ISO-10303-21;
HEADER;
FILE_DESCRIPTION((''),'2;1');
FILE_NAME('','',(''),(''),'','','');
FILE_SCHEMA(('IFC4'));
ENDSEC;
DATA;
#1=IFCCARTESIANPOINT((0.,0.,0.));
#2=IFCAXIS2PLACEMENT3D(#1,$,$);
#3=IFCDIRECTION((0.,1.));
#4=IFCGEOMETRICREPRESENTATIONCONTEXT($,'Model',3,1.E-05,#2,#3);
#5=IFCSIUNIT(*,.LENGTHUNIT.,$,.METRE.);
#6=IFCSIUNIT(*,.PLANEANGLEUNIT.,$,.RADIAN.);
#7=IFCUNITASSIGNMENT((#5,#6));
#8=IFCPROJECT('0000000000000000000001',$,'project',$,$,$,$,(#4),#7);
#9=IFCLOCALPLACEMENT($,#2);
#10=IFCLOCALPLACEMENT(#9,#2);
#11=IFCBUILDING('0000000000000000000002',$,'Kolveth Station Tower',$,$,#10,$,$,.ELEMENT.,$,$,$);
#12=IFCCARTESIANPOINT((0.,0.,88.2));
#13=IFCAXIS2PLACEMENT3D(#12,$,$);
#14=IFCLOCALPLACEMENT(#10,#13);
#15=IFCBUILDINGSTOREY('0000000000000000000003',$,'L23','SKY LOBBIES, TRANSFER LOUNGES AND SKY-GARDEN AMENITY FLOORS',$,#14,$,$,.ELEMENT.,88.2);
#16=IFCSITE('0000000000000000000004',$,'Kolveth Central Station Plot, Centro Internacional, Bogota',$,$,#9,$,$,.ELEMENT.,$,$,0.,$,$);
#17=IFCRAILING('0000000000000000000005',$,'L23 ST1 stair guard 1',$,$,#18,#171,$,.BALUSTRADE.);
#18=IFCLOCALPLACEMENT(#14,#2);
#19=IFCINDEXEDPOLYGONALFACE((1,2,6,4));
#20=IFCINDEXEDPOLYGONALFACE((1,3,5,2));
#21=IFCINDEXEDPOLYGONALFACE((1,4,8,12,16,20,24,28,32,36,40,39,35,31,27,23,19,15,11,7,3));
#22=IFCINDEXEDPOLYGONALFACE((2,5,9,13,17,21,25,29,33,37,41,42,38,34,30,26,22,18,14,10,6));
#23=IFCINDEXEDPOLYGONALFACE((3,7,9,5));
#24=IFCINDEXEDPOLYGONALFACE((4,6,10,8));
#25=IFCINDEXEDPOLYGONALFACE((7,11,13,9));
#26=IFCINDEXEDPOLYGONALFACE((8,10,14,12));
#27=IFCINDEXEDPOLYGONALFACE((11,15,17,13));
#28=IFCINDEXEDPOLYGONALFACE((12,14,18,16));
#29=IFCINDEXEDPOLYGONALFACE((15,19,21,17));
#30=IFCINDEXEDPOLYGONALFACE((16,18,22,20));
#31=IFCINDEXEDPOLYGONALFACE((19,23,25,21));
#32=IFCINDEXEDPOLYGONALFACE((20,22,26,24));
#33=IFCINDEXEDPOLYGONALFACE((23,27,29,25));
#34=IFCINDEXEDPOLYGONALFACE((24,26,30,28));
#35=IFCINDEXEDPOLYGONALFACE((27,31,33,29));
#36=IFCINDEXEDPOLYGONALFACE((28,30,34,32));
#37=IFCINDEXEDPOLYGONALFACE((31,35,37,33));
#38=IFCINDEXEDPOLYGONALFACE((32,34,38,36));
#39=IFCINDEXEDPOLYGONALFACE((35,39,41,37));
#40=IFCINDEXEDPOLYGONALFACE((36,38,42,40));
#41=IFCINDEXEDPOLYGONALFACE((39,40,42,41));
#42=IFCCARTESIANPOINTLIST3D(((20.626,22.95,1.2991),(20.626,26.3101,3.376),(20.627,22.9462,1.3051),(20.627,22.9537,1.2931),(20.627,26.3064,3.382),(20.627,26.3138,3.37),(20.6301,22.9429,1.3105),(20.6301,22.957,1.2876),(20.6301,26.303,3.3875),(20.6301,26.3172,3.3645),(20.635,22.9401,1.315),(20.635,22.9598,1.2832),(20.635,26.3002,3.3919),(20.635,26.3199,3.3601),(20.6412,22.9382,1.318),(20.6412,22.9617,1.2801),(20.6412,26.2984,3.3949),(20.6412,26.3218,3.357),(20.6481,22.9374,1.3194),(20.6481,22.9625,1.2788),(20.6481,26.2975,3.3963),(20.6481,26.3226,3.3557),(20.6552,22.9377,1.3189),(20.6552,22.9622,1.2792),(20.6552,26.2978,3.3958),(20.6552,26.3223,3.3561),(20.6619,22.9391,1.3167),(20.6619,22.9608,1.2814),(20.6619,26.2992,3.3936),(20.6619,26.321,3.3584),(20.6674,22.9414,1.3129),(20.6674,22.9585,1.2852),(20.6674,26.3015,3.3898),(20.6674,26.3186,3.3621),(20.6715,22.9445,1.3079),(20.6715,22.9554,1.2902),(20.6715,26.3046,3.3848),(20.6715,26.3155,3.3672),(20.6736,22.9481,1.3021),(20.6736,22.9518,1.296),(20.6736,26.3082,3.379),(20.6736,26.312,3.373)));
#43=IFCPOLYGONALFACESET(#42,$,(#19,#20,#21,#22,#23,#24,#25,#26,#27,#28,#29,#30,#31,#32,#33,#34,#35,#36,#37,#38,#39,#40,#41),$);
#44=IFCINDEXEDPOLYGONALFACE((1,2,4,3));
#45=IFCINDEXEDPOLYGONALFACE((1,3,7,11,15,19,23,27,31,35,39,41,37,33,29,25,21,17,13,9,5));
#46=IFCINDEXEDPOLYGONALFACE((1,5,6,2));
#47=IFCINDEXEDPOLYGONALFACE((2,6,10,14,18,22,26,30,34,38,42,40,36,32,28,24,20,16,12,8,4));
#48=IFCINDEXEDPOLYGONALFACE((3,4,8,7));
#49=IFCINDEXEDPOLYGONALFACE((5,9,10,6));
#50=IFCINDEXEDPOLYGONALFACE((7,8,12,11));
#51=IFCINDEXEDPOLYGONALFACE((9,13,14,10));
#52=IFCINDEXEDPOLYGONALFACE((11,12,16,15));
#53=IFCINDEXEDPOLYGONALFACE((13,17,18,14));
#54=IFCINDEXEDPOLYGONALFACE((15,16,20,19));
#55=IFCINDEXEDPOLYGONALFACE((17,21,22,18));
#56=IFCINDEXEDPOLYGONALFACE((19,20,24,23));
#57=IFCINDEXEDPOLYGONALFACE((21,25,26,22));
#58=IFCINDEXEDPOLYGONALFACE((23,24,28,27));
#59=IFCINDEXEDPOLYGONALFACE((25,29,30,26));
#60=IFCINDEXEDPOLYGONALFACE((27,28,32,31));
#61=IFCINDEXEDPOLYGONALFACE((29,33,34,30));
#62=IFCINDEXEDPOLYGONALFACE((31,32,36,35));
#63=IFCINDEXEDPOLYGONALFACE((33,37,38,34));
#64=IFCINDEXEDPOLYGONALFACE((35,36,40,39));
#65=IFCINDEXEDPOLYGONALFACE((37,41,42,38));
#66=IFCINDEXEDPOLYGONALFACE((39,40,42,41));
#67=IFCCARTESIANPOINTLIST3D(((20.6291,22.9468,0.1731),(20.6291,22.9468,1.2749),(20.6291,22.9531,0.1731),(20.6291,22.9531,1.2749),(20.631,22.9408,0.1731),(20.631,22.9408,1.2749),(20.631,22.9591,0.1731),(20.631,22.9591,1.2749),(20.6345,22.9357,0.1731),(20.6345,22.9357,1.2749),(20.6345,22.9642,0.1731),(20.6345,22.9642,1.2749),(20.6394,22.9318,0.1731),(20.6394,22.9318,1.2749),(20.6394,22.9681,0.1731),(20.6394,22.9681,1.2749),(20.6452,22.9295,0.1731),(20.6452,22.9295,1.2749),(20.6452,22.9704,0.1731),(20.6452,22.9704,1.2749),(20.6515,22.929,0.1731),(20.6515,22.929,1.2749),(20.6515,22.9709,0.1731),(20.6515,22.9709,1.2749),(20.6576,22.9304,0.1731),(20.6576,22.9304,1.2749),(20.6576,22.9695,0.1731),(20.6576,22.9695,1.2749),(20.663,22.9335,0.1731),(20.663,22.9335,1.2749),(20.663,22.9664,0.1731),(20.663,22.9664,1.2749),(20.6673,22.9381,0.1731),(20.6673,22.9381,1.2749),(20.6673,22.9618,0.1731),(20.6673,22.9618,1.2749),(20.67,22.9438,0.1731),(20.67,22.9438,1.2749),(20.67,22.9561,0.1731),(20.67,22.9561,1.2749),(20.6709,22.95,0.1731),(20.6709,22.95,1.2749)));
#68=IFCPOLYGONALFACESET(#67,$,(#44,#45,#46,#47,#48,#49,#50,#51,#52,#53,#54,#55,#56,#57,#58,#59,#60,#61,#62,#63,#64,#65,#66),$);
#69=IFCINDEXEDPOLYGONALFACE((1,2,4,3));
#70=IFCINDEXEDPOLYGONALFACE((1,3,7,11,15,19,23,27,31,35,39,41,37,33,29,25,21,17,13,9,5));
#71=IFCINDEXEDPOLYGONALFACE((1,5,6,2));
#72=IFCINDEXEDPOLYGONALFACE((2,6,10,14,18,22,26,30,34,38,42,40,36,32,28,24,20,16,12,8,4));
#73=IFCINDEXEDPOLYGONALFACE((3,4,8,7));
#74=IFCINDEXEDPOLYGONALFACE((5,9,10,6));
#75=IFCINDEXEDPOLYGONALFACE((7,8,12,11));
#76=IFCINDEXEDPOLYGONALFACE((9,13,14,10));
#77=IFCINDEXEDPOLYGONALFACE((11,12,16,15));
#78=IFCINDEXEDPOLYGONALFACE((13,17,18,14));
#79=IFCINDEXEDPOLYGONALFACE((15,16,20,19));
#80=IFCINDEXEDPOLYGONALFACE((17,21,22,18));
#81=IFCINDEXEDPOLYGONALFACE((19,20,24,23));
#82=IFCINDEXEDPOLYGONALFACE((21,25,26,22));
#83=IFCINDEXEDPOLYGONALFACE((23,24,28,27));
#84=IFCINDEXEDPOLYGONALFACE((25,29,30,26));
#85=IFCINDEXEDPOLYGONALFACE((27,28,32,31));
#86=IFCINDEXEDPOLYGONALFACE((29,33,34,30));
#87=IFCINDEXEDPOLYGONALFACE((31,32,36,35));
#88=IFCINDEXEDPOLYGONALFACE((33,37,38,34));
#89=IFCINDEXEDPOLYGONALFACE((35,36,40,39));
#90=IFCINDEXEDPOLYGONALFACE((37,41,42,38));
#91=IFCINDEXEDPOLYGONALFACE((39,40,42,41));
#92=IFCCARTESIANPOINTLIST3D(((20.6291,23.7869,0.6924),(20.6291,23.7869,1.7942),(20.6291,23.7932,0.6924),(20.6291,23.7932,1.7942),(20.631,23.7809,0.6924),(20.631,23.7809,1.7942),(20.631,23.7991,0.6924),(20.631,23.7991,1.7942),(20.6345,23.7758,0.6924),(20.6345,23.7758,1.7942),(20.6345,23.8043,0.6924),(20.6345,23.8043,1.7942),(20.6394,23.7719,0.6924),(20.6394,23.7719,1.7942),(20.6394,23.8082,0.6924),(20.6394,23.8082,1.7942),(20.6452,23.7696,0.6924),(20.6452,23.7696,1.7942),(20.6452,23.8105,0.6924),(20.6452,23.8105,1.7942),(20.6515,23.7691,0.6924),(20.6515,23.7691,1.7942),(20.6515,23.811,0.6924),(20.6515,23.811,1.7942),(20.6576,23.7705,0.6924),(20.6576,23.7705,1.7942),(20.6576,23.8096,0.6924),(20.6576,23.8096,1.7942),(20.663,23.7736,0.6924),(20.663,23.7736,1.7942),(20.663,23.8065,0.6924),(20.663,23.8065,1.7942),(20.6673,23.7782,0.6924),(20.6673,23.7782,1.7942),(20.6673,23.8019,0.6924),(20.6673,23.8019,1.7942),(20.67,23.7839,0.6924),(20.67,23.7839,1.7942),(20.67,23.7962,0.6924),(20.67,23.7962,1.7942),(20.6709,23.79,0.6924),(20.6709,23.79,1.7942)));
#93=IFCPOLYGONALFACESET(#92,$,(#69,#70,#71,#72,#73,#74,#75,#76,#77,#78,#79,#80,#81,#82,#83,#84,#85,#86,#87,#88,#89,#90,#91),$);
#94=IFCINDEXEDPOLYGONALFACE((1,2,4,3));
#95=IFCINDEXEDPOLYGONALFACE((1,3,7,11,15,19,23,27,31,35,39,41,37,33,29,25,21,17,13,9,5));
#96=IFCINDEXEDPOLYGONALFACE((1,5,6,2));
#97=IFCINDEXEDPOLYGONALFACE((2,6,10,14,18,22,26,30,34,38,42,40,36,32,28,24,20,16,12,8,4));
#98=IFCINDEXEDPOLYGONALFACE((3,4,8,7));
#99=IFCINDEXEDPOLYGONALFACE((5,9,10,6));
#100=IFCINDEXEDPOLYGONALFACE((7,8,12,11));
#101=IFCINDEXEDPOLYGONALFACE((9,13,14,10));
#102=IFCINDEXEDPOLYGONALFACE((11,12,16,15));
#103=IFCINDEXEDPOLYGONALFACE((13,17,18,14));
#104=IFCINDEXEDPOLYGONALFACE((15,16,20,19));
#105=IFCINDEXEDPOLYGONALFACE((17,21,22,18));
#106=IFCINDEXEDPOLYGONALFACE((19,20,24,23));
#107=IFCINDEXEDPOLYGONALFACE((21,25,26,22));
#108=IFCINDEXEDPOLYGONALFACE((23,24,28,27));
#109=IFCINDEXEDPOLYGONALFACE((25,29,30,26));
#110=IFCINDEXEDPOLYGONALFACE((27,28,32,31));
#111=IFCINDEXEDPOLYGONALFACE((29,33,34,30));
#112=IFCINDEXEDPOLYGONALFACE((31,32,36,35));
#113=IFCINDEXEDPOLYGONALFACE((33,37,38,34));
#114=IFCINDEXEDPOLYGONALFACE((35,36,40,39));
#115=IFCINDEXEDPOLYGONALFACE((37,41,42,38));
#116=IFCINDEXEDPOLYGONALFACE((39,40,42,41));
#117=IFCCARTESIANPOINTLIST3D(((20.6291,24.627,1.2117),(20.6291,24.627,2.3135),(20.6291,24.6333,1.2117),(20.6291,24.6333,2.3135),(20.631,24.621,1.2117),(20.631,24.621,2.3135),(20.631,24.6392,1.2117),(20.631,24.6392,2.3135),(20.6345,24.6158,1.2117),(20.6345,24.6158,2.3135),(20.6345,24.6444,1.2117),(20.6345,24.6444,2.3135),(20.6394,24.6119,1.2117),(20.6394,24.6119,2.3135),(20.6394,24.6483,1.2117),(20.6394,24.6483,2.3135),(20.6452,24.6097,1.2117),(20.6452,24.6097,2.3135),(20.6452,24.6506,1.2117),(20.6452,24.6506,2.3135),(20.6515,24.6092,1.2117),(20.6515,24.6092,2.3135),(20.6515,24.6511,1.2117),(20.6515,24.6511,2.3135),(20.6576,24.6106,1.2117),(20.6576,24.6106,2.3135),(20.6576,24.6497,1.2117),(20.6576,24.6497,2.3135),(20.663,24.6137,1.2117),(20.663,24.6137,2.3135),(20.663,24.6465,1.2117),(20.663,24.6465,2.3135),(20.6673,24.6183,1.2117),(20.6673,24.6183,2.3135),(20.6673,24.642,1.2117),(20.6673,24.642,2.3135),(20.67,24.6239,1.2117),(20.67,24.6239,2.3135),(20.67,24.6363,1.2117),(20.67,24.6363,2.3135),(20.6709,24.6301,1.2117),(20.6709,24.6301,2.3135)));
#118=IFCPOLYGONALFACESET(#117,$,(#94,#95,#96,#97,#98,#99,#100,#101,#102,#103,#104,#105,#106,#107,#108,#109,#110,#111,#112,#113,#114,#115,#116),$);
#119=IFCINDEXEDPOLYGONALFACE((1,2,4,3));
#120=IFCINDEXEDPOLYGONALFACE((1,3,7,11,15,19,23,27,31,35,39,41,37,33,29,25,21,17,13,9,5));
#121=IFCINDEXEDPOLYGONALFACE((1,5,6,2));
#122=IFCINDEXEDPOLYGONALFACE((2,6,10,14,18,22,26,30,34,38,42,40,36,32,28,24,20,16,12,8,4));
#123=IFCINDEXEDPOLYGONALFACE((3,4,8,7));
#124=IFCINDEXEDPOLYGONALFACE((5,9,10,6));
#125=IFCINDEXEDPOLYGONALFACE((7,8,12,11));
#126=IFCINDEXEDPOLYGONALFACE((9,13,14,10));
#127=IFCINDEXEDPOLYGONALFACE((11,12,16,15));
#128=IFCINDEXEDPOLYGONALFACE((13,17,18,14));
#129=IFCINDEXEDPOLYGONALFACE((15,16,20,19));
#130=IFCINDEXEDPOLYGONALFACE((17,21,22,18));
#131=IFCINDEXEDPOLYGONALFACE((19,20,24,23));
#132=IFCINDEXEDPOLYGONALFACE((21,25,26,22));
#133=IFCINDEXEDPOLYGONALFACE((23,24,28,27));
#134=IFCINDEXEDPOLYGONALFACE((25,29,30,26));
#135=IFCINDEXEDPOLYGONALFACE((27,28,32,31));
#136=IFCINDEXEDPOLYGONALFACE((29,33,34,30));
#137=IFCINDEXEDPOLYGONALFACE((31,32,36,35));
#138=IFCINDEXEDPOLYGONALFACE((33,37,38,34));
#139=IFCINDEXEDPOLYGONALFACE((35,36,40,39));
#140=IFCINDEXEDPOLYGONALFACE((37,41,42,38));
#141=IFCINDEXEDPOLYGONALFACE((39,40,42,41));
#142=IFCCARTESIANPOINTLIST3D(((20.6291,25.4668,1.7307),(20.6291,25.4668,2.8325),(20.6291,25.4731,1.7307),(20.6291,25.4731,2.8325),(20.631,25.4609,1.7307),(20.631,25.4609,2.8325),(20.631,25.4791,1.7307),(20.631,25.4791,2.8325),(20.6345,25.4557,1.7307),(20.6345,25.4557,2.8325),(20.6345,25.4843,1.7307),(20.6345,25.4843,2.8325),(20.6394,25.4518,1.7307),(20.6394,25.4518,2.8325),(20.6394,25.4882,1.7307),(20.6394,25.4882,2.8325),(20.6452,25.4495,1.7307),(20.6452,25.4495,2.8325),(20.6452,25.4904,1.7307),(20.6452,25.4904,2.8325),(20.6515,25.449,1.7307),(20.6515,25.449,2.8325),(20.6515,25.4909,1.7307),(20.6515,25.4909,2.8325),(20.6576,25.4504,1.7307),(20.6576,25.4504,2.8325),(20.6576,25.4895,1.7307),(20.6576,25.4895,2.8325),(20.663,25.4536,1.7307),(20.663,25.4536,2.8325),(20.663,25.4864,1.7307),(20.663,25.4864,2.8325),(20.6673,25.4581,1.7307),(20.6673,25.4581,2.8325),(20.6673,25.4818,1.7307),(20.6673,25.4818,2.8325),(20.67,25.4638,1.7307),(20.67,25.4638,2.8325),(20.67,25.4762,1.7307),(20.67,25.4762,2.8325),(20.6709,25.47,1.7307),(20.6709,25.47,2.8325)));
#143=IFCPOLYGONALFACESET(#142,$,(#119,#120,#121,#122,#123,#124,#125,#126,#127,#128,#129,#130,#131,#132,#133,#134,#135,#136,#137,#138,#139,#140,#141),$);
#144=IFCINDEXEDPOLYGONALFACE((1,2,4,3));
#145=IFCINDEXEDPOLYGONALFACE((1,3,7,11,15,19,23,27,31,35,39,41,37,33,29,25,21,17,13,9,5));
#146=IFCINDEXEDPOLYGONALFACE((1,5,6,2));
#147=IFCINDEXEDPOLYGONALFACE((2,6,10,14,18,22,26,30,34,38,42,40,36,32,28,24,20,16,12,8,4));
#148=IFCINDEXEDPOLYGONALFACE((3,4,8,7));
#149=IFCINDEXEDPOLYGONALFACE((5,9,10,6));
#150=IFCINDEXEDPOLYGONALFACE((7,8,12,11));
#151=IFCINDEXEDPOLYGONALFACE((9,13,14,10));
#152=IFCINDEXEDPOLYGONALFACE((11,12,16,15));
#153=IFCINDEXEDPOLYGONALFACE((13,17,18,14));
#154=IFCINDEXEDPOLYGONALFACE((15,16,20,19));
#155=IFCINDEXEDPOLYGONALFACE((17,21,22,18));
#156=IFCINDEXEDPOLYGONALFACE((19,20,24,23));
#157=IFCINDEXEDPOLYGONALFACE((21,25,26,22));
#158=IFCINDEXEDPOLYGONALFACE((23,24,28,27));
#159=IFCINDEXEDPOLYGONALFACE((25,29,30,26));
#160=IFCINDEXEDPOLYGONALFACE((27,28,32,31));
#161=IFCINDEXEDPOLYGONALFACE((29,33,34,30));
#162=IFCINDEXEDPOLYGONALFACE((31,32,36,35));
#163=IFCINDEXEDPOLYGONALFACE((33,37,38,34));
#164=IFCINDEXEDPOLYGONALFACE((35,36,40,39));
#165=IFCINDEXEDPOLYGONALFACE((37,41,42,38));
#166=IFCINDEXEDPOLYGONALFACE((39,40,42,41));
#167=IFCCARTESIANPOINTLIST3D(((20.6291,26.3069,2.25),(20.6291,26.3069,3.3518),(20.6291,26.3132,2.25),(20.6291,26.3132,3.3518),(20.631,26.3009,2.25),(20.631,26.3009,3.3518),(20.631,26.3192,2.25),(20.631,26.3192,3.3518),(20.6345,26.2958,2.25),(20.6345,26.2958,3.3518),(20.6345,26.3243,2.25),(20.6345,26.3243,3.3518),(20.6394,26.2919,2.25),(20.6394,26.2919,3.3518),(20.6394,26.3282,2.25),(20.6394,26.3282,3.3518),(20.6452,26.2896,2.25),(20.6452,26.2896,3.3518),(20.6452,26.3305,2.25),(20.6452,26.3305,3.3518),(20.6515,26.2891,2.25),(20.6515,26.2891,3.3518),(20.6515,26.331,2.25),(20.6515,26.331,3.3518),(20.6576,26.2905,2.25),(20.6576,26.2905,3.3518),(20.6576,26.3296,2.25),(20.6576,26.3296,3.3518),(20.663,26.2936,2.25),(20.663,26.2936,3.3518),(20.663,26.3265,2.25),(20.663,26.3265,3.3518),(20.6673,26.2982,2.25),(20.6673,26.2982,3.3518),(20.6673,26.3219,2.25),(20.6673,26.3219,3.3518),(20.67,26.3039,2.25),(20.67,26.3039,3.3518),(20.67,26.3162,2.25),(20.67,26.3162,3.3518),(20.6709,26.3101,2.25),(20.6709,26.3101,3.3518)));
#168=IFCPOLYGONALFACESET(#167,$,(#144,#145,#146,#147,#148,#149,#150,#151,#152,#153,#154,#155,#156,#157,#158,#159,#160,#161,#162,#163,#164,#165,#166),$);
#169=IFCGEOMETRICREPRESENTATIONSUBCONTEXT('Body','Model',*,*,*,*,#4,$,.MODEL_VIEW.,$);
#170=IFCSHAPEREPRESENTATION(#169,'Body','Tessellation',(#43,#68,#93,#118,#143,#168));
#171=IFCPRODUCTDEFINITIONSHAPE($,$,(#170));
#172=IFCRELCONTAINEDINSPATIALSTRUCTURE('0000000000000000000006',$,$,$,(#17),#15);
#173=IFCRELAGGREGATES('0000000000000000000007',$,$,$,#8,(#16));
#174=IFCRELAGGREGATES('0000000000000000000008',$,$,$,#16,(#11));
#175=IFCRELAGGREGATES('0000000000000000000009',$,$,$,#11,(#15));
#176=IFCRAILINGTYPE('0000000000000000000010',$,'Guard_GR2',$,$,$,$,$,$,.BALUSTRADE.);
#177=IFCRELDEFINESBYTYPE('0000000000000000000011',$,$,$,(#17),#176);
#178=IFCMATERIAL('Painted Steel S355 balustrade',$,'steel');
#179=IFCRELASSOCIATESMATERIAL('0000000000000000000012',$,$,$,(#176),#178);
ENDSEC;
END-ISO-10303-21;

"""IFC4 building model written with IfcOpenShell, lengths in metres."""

from ifc_helpers import new_model, si_unit, direction, frame, origin, origin_2d, place, context, subcontext, project, spatial, circle, extrude, material, type_object, element, save


model = new_model("IFC4")

# Units and contexts
model_context = context("Model", 3, precision=1e-05, world=origin(), true_north=direction((0.0, 1.0)))
body_context = subcontext(model_context, "Body", "Model", "MODEL_VIEW")
ifc_project = project(units=[si_unit("LENGTHUNIT", "METRE"), si_unit("PLANEANGLEUNIT", "RADIAN")], contexts=[model_context])

# Site, building, storey
site_placement = place(None, origin())
site = spatial("IfcSite", under=ifc_project, at=site_placement, Name="Kolveth Central Station Plot, Centro Internacional, Bogota", CompositionType="ELEMENT", RefElevation=0.0)
building_placement = place(site_placement, origin())
building = spatial("IfcBuilding", under=site, at=building_placement, Name="Kolveth Station Tower", CompositionType="ELEMENT")
storey_placement = place(building_placement, frame((0.0, 0.0, 88.2)))
storey = spatial("IfcBuildingStorey", under=building, at=storey_placement, Name="L23", Description="SKY LOBBIES, TRANSFER LOUNGES AND SKY-GARDEN AMENITY FLOORS", CompositionType="ELEMENT", Elevation=88.2)

# Railing
ifc_material_1 = material(Name="Painted Steel S355 balustrade", Category="steel")
railing_type_1 = type_object("IfcRailingType", Name="Guard_GR2", PredefinedType="BALUSTRADE", material=ifc_material_1)
railing_1_placement = place(storey_placement, frame((20.6499, 22.95, 0.1731)))
element("IfcRailing", 1, at=railing_1_placement, inside=storey, type_object=railing_type_1, Name="L23 ST1 stair guard 1", PredefinedType="BALUSTRADE", context=body_context, shape_type="SweptSolid", body=[
    extrude(circle(Radius=0.0239, at=origin_2d()), frame((0.0, 0.0, 1.126), z_axis=(0.0, 0.850623, 0.525776), x_axis=(-1.0, 0.0, 0.0)), (0.0, 0.0, 1.0), 3.9502),
    extrude(circle(Radius=0.021, at=origin_2d()), origin(), (0.0, 0.0, 1.0), 1.1018),
    extrude(circle(Radius=0.021, at=origin_2d()), frame((0.0, 0.8401, 0.5193)), (0.0, 0.0, 1.0), 1.1018),
    extrude(circle(Radius=0.021, at=origin_2d()), frame((0.0, 1.6802, 1.0386)), (0.0, 0.0, 1.0), 1.1018),
    extrude(circle(Radius=0.021, at=origin_2d()), frame((0.0, 2.52, 1.5576)), (0.0, 0.0, 1.0), 1.1018),
    extrude(circle(Radius=0.021, at=origin_2d()), frame((0.0, 3.3601, 2.0769)), (0.0, 0.0, 1.0), 1.1018),
])

save(model, "model.ifc")
